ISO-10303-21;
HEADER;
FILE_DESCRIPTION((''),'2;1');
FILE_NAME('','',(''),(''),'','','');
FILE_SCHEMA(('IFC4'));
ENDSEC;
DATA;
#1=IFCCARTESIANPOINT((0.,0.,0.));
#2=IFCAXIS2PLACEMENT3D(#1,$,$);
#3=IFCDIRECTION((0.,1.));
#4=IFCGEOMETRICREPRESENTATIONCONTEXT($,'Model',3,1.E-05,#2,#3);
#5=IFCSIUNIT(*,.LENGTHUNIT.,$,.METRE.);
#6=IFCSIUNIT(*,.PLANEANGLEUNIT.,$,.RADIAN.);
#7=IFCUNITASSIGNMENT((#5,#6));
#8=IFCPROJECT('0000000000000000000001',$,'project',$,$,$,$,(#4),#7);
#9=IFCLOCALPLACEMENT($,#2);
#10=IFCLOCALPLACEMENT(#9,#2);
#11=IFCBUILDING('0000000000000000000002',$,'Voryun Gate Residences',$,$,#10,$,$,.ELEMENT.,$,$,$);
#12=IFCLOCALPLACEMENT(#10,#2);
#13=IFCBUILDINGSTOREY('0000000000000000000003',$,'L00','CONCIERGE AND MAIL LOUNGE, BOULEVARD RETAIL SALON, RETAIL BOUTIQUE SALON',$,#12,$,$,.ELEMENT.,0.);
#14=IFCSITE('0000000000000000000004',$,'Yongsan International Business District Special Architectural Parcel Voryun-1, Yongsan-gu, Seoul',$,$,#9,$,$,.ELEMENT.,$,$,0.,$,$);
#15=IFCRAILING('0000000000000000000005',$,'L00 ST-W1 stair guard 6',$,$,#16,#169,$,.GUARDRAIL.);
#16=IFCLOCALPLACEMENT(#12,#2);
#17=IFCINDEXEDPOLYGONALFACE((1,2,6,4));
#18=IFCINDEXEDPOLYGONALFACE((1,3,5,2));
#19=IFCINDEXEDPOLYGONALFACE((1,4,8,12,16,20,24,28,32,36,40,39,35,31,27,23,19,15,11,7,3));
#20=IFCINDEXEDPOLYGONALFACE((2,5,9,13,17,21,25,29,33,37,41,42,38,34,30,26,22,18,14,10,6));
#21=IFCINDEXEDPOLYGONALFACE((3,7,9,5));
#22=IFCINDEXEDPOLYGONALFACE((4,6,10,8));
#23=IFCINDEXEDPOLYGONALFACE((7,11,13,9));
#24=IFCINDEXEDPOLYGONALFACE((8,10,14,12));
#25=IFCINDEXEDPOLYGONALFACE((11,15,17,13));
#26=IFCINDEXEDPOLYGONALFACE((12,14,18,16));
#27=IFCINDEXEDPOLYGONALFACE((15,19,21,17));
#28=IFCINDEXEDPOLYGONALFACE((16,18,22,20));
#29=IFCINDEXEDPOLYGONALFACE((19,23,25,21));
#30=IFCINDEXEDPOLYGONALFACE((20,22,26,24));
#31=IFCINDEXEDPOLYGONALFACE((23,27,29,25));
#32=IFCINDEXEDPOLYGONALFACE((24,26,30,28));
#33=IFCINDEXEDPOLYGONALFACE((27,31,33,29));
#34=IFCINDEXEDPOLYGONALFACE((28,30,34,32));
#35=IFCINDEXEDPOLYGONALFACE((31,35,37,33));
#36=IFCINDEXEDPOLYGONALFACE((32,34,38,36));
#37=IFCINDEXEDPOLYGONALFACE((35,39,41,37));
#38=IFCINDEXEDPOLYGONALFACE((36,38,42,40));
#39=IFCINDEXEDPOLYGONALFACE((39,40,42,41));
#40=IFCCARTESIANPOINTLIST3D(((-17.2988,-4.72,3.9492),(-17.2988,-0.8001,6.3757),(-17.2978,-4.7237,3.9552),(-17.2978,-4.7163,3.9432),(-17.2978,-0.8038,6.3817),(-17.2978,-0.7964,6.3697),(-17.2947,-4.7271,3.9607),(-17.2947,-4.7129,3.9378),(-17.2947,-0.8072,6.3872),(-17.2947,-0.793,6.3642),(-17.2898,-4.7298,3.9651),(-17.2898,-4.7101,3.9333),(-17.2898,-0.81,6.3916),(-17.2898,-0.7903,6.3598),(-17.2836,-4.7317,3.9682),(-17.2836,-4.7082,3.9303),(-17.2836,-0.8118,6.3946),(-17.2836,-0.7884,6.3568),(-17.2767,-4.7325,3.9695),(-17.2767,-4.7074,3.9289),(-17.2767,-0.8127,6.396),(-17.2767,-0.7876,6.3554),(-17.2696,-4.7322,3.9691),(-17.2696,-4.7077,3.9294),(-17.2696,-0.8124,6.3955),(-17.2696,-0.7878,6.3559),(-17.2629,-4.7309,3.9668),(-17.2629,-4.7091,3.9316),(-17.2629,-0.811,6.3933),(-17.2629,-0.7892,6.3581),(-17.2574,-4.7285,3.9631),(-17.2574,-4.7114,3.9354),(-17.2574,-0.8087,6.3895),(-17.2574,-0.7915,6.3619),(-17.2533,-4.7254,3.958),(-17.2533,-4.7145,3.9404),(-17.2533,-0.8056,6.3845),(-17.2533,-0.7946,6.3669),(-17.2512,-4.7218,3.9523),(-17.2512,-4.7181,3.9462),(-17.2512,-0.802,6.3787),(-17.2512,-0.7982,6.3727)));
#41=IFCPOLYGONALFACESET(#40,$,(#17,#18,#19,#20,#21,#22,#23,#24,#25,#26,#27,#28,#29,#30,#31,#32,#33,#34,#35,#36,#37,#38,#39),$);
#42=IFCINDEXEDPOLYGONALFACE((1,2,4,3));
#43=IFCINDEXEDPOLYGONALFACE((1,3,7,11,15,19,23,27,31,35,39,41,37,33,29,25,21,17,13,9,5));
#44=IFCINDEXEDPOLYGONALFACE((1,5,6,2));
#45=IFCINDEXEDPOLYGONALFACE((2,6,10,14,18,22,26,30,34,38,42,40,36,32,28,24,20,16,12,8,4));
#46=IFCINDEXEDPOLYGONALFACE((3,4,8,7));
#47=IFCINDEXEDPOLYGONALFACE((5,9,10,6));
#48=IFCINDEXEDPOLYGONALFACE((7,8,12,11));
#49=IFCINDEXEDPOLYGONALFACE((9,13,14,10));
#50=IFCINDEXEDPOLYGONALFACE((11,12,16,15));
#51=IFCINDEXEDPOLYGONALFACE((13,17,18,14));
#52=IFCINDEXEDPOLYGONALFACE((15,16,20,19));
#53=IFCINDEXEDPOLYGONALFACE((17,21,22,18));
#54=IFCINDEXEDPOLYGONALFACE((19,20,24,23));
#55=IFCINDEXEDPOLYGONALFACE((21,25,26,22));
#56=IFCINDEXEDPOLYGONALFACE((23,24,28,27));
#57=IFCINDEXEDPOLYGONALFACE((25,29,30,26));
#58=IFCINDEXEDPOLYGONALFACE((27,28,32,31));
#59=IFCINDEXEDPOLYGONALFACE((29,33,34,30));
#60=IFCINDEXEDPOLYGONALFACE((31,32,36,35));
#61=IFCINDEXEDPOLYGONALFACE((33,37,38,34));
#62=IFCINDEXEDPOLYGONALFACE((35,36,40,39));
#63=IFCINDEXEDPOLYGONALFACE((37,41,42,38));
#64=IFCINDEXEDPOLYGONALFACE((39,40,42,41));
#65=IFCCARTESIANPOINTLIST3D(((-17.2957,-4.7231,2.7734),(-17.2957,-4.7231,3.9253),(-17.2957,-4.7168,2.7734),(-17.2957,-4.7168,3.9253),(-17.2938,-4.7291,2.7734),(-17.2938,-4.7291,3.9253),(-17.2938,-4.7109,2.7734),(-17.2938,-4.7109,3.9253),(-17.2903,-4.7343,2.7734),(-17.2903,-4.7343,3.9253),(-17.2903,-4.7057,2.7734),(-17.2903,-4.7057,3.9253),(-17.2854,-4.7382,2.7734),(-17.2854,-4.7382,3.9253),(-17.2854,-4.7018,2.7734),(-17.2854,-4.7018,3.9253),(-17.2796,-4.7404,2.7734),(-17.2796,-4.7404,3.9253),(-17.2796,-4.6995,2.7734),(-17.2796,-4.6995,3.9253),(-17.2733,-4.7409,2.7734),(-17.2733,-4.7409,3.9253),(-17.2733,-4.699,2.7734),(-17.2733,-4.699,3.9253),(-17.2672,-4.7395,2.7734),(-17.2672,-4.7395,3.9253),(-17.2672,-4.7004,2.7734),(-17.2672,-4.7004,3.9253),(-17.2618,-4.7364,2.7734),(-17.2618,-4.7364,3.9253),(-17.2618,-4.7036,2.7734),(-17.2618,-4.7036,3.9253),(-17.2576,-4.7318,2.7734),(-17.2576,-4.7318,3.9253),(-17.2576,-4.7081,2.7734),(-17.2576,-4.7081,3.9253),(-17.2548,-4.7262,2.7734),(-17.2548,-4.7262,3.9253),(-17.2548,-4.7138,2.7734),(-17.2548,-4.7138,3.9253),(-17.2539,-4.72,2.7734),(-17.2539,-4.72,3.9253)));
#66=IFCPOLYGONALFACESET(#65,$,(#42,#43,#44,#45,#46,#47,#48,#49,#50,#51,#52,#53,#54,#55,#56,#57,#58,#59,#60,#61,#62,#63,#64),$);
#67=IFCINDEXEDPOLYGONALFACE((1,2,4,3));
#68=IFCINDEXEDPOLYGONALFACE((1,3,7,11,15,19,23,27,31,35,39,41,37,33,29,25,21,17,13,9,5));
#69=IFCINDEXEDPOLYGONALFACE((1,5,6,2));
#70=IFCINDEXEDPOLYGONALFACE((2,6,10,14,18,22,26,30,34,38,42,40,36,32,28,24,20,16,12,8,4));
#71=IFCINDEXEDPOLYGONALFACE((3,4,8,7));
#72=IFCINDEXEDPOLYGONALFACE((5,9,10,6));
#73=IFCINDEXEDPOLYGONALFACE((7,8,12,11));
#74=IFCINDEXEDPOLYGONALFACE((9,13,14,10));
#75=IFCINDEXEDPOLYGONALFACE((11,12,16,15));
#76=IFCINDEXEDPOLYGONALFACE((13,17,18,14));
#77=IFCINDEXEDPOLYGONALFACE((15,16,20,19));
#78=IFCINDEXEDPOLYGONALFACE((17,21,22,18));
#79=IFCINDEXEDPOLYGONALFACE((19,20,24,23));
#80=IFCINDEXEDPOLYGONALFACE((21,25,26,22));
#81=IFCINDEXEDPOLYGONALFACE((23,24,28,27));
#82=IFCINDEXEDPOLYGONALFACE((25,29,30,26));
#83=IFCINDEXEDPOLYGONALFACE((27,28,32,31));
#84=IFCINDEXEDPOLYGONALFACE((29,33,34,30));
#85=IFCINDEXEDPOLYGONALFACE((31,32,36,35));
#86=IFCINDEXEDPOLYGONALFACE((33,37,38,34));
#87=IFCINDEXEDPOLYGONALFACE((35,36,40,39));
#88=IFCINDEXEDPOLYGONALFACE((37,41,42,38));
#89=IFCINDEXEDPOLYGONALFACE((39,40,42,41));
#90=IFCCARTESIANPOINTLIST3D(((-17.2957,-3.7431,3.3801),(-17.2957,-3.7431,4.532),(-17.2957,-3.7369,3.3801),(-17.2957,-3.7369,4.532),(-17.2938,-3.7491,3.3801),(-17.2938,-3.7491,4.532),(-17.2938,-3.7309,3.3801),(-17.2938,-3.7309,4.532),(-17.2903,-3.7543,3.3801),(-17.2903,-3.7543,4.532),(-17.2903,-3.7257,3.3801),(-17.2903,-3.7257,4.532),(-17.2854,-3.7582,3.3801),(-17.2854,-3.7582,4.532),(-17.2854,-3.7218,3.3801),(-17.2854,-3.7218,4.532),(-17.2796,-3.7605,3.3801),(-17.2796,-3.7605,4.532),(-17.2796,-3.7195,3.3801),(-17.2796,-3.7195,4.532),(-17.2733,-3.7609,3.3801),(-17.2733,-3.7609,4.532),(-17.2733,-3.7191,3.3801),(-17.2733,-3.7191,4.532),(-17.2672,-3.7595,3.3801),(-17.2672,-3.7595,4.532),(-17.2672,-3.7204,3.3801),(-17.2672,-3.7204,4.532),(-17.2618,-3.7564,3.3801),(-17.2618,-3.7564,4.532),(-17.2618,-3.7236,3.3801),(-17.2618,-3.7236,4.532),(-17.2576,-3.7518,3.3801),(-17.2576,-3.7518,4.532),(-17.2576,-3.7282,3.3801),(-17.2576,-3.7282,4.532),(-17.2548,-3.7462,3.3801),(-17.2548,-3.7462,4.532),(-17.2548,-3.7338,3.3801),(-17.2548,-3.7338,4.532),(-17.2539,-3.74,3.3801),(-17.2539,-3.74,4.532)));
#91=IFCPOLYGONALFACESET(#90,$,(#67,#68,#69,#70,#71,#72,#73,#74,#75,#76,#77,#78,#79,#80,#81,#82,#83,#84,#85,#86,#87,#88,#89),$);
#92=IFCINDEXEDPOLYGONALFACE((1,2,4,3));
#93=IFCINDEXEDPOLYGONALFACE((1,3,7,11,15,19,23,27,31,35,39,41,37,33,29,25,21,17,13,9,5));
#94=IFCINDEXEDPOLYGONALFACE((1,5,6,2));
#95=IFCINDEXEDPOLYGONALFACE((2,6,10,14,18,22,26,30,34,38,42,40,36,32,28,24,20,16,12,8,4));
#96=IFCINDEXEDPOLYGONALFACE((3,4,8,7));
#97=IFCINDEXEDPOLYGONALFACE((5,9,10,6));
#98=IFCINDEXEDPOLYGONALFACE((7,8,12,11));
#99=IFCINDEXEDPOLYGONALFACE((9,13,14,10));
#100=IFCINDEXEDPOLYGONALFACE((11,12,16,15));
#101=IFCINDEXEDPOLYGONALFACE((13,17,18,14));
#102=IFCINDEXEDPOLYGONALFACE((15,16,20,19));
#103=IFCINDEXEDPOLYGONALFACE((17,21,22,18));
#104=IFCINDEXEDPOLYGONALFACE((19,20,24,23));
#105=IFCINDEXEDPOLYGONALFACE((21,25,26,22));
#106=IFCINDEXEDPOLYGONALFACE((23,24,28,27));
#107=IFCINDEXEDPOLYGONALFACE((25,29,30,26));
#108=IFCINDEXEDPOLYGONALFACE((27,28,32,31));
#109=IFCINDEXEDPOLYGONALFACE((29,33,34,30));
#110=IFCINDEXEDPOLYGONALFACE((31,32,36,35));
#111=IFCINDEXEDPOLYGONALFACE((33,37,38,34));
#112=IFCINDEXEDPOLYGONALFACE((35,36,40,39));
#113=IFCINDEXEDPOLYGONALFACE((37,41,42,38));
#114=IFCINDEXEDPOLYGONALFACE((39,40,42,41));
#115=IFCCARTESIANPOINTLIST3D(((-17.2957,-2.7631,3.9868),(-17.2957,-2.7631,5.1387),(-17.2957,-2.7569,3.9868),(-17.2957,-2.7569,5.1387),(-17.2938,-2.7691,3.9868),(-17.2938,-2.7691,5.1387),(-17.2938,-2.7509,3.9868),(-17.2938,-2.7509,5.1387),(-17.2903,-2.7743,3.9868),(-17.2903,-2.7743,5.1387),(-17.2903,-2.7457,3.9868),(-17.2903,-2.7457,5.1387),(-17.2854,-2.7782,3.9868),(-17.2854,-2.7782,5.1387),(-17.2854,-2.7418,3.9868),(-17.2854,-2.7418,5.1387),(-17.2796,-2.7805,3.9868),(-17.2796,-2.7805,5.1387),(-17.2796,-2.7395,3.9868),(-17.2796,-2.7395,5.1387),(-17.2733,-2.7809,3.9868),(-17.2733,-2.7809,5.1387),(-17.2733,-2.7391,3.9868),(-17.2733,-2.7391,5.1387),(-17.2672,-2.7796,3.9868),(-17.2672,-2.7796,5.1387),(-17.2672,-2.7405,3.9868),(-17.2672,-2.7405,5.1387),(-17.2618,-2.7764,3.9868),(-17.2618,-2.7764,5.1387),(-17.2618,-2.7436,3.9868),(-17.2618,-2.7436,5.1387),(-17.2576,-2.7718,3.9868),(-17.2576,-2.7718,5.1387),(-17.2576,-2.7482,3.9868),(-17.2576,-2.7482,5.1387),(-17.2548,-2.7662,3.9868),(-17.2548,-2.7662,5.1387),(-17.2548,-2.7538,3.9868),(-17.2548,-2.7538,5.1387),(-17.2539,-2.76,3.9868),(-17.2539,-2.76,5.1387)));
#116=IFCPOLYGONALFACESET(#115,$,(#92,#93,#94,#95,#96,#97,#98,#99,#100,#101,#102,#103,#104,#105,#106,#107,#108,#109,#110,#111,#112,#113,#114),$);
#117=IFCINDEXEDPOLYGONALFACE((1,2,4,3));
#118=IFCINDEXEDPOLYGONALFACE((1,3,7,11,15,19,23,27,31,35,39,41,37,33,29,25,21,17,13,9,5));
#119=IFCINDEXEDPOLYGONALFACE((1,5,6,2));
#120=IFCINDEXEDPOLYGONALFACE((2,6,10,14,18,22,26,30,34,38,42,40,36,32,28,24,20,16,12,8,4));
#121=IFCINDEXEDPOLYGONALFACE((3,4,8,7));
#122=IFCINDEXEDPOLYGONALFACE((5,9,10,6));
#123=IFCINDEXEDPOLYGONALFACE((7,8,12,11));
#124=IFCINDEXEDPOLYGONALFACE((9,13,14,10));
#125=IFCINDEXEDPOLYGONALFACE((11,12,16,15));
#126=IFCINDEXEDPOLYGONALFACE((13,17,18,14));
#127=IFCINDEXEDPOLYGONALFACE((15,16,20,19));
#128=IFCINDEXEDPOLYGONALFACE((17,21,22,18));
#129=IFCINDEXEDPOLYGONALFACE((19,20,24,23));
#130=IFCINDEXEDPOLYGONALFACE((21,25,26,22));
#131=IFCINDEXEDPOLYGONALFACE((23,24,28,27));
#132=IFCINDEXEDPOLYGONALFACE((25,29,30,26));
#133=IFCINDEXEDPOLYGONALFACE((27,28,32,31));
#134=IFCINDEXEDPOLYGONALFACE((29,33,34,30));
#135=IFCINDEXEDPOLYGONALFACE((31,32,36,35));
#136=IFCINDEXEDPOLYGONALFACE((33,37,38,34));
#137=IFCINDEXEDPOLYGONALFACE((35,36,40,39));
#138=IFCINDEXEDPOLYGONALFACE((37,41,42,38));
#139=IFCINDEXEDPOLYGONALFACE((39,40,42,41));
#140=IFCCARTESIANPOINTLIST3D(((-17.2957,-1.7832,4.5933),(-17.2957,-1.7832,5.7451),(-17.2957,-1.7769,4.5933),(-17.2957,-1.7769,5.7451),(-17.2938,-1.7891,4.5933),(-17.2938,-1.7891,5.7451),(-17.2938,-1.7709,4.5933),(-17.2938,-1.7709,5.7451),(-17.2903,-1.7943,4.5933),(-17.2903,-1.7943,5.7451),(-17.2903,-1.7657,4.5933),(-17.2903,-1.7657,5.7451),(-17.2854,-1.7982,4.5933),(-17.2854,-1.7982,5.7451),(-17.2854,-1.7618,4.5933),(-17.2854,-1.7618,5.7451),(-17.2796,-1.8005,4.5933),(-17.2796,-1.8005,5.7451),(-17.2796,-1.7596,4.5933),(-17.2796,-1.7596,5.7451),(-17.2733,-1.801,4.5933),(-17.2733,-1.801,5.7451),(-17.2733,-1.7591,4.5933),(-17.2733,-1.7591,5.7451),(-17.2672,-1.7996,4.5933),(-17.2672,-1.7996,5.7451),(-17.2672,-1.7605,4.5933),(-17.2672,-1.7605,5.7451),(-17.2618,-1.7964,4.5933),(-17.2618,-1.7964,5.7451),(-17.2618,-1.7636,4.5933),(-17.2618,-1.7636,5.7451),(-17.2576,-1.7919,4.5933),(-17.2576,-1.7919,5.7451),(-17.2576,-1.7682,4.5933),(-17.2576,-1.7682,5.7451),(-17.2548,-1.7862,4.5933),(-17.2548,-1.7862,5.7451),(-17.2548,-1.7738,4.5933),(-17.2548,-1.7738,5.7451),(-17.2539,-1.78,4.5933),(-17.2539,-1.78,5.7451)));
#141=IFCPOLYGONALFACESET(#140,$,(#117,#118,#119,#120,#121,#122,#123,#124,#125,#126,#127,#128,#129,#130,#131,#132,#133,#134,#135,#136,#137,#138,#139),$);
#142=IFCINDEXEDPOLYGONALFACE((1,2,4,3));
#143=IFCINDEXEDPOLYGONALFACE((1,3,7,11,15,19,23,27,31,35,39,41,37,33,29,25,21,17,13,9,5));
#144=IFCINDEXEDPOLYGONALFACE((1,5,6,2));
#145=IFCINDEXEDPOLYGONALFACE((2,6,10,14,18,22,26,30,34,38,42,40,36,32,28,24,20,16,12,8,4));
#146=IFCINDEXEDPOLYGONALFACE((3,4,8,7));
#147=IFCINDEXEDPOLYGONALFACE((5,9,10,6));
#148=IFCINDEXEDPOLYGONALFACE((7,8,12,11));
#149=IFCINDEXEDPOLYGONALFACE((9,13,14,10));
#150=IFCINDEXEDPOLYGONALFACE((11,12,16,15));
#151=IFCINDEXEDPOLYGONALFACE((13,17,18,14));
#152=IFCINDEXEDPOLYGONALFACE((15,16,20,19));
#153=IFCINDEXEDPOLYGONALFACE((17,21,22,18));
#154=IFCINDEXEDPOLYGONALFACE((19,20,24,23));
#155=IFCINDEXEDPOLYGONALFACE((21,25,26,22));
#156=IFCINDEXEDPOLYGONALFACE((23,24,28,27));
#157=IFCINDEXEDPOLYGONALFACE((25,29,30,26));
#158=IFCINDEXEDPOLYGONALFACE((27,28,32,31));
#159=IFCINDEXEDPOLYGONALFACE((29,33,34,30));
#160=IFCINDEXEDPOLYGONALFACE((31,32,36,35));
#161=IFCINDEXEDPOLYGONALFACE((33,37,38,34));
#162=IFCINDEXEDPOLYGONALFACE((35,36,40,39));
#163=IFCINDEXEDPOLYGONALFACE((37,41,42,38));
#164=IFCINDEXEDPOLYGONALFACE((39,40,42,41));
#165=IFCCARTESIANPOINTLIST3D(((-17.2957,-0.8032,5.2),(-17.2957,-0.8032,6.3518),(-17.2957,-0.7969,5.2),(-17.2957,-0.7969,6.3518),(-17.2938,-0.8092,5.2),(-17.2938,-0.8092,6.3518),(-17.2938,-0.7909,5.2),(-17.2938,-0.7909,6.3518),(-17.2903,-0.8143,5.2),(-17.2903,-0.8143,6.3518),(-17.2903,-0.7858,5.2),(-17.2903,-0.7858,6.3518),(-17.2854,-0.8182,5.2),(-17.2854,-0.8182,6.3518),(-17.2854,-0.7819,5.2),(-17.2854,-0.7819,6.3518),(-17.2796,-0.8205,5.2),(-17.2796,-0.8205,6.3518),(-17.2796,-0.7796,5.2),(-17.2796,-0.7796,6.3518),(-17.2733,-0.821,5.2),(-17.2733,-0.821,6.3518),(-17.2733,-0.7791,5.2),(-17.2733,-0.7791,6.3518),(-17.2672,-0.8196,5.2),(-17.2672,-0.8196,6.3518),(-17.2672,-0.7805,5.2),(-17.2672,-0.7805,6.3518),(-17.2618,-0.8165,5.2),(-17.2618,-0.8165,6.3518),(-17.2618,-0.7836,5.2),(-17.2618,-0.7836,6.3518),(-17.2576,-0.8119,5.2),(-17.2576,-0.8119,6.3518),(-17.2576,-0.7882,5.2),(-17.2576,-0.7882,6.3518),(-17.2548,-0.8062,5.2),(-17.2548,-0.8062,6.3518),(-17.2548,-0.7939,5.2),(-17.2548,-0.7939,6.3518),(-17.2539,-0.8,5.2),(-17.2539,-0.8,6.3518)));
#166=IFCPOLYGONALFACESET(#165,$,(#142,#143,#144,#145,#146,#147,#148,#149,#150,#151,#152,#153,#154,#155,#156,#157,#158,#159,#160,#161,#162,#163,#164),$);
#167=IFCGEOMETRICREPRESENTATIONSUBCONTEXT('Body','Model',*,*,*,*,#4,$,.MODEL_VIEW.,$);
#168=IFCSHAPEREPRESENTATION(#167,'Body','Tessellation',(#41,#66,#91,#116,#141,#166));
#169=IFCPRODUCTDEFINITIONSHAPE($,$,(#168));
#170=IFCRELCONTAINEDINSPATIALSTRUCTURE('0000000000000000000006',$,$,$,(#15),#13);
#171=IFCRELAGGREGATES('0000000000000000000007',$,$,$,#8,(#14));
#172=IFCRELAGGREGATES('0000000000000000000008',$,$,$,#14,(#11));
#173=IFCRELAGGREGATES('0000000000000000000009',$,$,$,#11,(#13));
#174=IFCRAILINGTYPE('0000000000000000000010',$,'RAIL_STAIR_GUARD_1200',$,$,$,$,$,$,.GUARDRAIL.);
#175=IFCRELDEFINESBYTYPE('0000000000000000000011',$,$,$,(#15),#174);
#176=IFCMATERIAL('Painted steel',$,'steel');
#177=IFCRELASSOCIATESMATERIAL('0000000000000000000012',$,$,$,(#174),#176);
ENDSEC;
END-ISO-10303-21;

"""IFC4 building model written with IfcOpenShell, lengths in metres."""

from ifc_helpers import new_model, si_unit, direction, frame, origin, origin_2d, place, context, subcontext, project, spatial, circle, extrude, material, type_object, element, save


model = new_model("IFC4")

# Units and contexts
model_context = context("Model", 3, precision=1e-05, world=origin(), true_north=direction((0.0, 1.0)))
body_context = subcontext(model_context, "Body", "Model", "MODEL_VIEW")
ifc_project = project(units=[si_unit("LENGTHUNIT", "METRE"), si_unit("PLANEANGLEUNIT", "RADIAN")], contexts=[model_context])

# Site, building, storey
site_placement = place(None, origin())
site = spatial("IfcSite", under=ifc_project, at=site_placement, Name="Yongsan International Business District Special Architectural Parcel Voryun-1, Yongsan-gu, Seoul", CompositionType="ELEMENT", RefElevation=0.0)
building_placement = place(site_placement, origin())
building = spatial("IfcBuilding", under=site, at=building_placement, Name="Voryun Gate Residences", CompositionType="ELEMENT")
storey_placement = place(building_placement, origin())
storey = spatial("IfcBuildingStorey", under=building, at=storey_placement, Name="L00", Description="CONCIERGE AND MAIL LOUNGE, BOULEVARD RETAIL SALON, RETAIL BOUTIQUE SALON", CompositionType="ELEMENT", Elevation=0.0)

# Railing
ifc_material_1 = material(Name="Painted steel", Category="steel")
railing_type_1 = type_object("IfcRailingType", Name="RAIL_STAIR_GUARD_1200", PredefinedType="GUARDRAIL", material=ifc_material_1)
railing_1_placement = place(storey_placement, frame((-17.2749, -4.72, 2.7734)))
element("IfcRailing", 1, at=railing_1_placement, inside=storey, type_object=railing_type_1, Name="L00 ST-W1 stair guard 6", PredefinedType="GUARDRAIL", context=body_context, shape_type="SweptSolid", body=[
    extrude(circle(Radius=0.0239, at=origin_2d()), frame((0.0, 0.0, 1.1758), z_axis=(0.0, 0.850275, 0.526338), x_axis=(-1.0, 0.0, 0.0)), (0.0, 0.0, 1.0), 4.6101),
    extrude(circle(Radius=0.021, at=origin_2d()), origin(), (0.0, 0.0, 1.0), 1.1519),
    extrude(circle(Radius=0.021, at=origin_2d()), frame((0.0, 0.98, 0.6067)), (0.0, 0.0, 1.0), 1.1519),
    extrude(circle(Radius=0.021, at=origin_2d()), frame((0.0, 1.96, 1.2134)), (0.0, 0.0, 1.0), 1.1519),
    extrude(circle(Radius=0.021, at=origin_2d()), frame((0.0, 2.9399, 1.8198)), (0.0, 0.0, 1.0), 1.1519),
    extrude(circle(Radius=0.021, at=origin_2d()), frame((0.0, 3.9199, 2.4265)), (0.0, 0.0, 1.0), 1.1519),
])

save(model, "model.ifc")
